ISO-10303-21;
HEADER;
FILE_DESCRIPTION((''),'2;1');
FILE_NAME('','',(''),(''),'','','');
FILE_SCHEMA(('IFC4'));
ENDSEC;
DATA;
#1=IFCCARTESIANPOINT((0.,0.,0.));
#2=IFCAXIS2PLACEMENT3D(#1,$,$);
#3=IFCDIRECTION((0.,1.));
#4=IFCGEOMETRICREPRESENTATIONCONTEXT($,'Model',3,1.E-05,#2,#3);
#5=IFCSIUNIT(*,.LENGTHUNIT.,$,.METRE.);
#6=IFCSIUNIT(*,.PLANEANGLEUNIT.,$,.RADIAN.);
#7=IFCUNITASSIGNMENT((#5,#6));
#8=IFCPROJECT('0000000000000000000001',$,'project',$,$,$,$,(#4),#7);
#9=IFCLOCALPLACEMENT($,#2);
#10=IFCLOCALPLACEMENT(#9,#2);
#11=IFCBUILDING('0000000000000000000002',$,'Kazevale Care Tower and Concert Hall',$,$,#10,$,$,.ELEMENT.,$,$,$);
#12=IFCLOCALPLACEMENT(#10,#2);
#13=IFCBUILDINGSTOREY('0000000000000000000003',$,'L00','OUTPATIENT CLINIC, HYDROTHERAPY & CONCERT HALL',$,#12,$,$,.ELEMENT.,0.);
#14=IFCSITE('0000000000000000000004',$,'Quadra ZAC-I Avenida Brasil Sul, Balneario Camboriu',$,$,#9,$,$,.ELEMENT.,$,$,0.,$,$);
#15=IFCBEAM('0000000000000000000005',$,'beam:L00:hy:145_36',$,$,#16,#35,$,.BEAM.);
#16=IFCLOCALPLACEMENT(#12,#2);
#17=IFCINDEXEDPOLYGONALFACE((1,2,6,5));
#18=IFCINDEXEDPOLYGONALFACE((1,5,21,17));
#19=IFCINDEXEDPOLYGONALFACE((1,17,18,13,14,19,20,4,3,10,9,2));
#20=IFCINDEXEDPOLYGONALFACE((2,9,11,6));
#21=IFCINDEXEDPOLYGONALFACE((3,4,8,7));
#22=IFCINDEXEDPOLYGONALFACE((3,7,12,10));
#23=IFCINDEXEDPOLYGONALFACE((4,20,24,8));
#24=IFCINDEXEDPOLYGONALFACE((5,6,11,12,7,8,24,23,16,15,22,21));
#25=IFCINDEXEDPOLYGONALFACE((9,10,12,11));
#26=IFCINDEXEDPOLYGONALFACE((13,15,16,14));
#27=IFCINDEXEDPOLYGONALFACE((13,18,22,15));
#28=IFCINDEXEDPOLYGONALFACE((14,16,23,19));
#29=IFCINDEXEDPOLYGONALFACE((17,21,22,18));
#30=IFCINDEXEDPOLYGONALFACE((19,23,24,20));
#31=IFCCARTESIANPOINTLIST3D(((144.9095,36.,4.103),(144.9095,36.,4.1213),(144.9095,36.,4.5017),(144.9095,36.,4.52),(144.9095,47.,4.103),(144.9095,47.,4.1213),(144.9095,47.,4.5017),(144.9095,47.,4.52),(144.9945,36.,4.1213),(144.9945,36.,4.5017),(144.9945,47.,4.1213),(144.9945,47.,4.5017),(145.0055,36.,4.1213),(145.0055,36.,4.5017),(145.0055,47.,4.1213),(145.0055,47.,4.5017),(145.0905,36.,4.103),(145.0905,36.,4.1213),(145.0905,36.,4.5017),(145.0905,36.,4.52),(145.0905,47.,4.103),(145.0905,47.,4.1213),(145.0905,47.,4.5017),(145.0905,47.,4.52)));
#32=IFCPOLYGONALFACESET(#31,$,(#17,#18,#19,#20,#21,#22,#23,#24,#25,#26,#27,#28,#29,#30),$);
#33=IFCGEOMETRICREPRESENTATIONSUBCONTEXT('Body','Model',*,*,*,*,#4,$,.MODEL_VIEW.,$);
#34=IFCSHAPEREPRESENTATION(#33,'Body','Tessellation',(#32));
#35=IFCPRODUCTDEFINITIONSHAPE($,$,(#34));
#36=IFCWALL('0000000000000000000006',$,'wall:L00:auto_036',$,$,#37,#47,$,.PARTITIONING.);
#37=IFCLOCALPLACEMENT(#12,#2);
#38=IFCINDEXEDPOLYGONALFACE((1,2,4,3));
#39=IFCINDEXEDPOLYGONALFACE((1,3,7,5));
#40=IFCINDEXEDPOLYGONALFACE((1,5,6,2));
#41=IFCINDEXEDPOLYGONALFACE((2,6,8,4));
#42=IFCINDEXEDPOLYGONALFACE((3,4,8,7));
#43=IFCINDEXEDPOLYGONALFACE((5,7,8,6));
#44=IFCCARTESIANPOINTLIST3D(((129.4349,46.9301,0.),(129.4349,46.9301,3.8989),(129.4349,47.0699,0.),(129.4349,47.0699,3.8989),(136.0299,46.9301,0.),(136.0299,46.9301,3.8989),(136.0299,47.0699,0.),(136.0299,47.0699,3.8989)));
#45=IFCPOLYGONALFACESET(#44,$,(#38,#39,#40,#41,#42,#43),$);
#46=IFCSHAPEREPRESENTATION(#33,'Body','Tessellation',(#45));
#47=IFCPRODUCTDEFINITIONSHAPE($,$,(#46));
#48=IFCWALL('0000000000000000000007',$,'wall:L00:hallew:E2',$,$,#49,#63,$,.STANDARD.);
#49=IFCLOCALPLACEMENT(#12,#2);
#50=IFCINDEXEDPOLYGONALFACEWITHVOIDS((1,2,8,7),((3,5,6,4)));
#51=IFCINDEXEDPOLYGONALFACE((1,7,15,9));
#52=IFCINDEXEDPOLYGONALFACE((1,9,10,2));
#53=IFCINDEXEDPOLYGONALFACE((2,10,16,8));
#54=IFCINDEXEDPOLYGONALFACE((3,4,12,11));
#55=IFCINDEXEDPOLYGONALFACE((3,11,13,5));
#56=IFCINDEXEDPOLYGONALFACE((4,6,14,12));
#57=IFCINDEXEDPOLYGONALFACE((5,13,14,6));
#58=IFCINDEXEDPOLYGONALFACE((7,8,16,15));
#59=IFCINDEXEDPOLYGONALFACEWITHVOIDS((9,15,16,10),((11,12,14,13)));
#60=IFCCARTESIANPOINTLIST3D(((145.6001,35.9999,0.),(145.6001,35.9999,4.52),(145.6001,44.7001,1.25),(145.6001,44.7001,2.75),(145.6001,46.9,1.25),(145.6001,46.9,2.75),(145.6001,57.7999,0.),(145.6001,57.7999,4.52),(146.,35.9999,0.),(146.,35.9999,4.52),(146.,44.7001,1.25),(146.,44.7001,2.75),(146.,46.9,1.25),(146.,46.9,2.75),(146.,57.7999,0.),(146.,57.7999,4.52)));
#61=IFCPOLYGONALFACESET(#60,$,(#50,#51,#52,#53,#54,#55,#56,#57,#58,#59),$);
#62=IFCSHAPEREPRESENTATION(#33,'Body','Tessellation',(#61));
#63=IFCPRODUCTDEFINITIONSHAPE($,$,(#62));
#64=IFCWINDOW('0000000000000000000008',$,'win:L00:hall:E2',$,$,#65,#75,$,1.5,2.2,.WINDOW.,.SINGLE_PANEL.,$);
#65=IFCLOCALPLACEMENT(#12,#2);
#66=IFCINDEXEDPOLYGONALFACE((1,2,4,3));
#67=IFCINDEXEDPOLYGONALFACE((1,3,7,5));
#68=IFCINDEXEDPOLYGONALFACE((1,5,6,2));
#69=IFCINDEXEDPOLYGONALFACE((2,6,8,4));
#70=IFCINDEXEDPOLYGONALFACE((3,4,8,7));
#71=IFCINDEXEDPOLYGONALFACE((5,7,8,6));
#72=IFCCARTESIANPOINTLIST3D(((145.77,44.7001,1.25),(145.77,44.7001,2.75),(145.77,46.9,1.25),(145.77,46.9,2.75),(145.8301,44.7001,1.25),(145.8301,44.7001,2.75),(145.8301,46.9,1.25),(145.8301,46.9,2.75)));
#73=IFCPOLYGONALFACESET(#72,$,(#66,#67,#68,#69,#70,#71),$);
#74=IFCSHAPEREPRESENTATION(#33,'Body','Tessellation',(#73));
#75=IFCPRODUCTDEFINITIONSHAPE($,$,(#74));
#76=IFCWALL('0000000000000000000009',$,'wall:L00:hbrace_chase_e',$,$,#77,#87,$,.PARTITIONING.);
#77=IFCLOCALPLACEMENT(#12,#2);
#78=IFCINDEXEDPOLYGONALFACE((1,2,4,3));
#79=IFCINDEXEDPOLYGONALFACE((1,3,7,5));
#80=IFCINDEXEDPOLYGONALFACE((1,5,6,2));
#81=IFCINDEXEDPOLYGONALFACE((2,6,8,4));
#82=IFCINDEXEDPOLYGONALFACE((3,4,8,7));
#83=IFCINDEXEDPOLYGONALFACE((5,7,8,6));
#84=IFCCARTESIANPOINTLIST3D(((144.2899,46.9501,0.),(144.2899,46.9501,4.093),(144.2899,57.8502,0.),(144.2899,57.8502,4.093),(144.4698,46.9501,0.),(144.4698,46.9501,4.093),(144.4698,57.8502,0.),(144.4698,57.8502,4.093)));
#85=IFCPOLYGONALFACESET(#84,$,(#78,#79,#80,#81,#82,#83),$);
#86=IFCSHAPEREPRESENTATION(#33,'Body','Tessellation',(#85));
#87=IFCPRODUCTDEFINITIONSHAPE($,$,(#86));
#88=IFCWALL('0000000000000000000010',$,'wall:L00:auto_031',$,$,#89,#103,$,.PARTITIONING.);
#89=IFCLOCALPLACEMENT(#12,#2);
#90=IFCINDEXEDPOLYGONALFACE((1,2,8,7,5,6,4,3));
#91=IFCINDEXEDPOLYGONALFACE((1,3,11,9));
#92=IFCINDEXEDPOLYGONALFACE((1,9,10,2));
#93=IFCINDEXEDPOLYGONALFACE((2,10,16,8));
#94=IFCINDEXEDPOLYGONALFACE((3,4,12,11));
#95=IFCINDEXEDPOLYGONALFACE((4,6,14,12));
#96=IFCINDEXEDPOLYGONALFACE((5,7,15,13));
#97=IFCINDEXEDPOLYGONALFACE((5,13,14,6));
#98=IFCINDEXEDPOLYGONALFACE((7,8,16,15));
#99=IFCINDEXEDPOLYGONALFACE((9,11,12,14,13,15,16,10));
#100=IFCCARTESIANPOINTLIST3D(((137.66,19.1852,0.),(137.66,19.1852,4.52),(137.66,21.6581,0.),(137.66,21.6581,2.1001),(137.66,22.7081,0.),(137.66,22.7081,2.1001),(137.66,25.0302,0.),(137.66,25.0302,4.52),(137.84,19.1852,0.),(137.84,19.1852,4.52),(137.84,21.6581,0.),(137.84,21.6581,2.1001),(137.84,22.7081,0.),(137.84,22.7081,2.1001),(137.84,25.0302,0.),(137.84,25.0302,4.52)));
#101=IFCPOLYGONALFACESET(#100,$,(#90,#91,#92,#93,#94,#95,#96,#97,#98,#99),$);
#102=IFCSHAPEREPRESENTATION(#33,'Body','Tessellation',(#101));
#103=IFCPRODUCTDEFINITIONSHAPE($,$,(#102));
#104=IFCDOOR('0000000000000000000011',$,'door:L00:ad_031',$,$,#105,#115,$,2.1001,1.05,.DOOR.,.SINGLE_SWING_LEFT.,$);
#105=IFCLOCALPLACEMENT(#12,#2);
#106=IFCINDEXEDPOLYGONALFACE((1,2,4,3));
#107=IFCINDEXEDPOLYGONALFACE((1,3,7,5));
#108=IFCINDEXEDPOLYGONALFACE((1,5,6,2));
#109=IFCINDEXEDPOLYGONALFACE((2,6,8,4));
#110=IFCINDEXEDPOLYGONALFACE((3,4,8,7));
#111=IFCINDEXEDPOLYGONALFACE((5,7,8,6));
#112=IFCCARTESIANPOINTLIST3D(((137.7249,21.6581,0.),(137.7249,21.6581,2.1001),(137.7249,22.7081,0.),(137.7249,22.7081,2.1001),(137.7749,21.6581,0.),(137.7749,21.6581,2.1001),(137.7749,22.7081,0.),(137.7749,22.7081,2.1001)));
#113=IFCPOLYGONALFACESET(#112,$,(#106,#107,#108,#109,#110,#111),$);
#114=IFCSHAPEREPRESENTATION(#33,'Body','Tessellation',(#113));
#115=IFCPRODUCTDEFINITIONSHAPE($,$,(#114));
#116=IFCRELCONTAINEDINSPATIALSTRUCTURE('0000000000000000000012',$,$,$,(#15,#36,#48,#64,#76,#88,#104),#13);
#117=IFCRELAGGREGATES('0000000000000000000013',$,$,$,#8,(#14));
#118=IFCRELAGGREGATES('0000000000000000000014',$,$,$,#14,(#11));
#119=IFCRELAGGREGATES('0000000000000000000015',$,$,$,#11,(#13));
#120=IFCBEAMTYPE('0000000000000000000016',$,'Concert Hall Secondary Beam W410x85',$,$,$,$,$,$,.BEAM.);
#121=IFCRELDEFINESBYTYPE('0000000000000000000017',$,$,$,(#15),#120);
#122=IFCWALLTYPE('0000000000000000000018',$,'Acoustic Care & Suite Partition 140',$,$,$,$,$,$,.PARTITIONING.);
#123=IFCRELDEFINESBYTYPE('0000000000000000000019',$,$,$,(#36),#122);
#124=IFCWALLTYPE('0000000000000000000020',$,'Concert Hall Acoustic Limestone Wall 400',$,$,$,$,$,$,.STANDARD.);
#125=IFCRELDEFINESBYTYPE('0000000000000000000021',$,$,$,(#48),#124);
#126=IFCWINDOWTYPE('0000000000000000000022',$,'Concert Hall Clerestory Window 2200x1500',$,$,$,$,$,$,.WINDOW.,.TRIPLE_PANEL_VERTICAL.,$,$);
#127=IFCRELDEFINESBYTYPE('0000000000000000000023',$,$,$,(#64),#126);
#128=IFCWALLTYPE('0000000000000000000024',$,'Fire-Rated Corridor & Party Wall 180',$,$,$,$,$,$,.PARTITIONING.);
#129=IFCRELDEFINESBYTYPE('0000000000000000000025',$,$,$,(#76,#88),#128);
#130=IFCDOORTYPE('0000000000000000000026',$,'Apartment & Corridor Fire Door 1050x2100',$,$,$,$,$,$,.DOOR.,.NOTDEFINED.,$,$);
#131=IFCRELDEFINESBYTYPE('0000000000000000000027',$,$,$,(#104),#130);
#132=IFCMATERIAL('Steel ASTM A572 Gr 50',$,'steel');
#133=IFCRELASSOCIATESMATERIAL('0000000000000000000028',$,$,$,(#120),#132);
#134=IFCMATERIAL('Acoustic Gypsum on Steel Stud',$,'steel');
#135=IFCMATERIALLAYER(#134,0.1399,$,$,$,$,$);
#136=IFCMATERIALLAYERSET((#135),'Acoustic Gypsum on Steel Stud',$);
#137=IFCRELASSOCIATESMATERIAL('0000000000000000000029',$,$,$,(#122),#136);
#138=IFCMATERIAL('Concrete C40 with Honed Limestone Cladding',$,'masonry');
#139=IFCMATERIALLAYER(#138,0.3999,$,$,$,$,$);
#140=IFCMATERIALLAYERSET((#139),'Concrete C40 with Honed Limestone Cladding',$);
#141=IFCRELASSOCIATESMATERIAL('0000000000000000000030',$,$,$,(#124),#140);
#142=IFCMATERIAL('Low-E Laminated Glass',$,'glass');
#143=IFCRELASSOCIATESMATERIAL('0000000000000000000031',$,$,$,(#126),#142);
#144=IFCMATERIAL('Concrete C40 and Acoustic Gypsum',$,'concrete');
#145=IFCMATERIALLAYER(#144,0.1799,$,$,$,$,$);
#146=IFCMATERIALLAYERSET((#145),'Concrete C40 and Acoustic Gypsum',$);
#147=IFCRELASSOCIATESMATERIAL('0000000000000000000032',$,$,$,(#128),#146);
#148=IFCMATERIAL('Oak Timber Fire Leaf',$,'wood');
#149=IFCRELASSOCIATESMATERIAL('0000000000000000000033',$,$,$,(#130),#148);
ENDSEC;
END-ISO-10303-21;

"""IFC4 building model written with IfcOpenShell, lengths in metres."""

from ifc_helpers import new_model, si_unit, direction, frame, frame_2d, origin, origin_2d, place, context, subcontext, project, spatial, rectangle, i_section, extrude, material, layer, layer_set, material_profile, profile_set, type_object, element, fill, save


model = new_model("IFC4")

# Units and contexts
model_context = context("Model", 3, precision=1e-05, world=origin(), true_north=direction((0.0, 1.0)))
body_context = subcontext(model_context, "Body", "Model", "MODEL_VIEW")
ifc_project = project(units=[si_unit("LENGTHUNIT", "METRE"), si_unit("PLANEANGLEUNIT", "RADIAN")], contexts=[model_context])

# Site, building, storey
site_placement = place(None, origin())
site = spatial("IfcSite", under=ifc_project, at=site_placement, Name="Quadra ZAC-I Avenida Brasil Sul, Balneario Camboriu", CompositionType="ELEMENT", RefElevation=0.0)
building_placement = place(site_placement, origin())
building = spatial("IfcBuilding", under=site, at=building_placement, Name="Kazevale Care Tower and Concert Hall", CompositionType="ELEMENT")
storey_placement = place(building_placement, origin())
storey = spatial("IfcBuildingStorey", under=building, at=storey_placement, Name="L00", Description="OUTPATIENT CLINIC, HYDROTHERAPY & CONCERT HALL", CompositionType="ELEMENT", Elevation=0.0)

# Beam
ifc_material_1 = material(Name="Steel ASTM A572 Gr 50", Category="steel")
ifc_material_profile_1 = material_profile(ifc_material_1, i_section(OverallWidth=0.1809, OverallDepth=0.417, WebThickness=0.011, FlangeThickness=0.0183, at=origin_2d()), Name="W410x85")
ifc_profile_set_1 = profile_set([ifc_material_profile_1], Name="Steel ASTM A572 Gr 50")
beam_type_1 = type_object("IfcBeamType", Name="Concert Hall Secondary Beam W410x85", PredefinedType="BEAM", material=ifc_profile_set_1)
for number, where, z_axis, x_axis, name in (
    (1, (145.0, 36.0, 4.3115), (0.0, 1.0, 0.0), (-1.0, 0.0, 0.0), "beam:L00:hy:145_36"),
):
    element("IfcBeam", number, at=place(storey_placement, frame(where, z_axis=z_axis, x_axis=x_axis)), inside=storey, type_object=beam_type_1, Name=name, PredefinedType="BEAM", context=body_context, shape_type="SweptSolid", body=[
        extrude(i_section(OverallWidth=0.1809, OverallDepth=0.417, WebThickness=0.011, FlangeThickness=0.0183, at=origin_2d()), origin(), (0.0, 0.0, 1.0), 11.0),
    ])

# Wall
ifc_material_2 = material(Name="Acoustic Gypsum on Steel Stud", Category="steel")
ifc_layer_1 = layer(ifc_material_2, 0.1399)
ifc_layer_set_1 = layer_set([ifc_layer_1], Name="Acoustic Gypsum on Steel Stud")
wall_type_1 = type_object("IfcWallType", Name="Acoustic Care & Suite Partition 140", PredefinedType="PARTITIONING", material=ifc_layer_set_1)
wall_1_placement = place(storey_placement, frame((129.4351, 47.0, 0.0), z_axis=(0.0, 0.0, 1.0), x_axis=(1.0, 0.0, 0.0)))
element("IfcWall", 2, at=wall_1_placement, inside=storey, type_object=wall_type_1, Name="wall:L00:auto_036", PredefinedType="PARTITIONING", context=body_context, shape_type="SweptSolid", body=[
    extrude(rectangle(XDim=6.595, YDim=0.1399, at=frame_2d((3.2974, 0.0))), origin(), (0.0, 0.0, 1.0), 3.8989),
])

# Wall, opening, window
ifc_material_3 = material(Name="Concrete C40 with Honed Limestone Cladding", Category="masonry")
ifc_layer_2 = layer(ifc_material_3, 0.3999)
ifc_layer_set_2 = layer_set([ifc_layer_2], Name="Concrete C40 with Honed Limestone Cladding")
wall_type_2 = type_object("IfcWallType", Name="Concert Hall Acoustic Limestone Wall 400", PredefinedType="STANDARD", material=ifc_layer_set_2)
wall_2_placement = place(storey_placement, frame((145.8, 36.0, 0.0), z_axis=(0.0, 0.0, 1.0), x_axis=(0.0, 1.0, 0.0)))
wall_2 = element("IfcWall", 3, at=wall_2_placement, inside=storey, type_object=wall_type_2, Name="wall:L00:hallew:E2", PredefinedType="STANDARD", context=body_context, shape_type="SweptSolid", body=[
    extrude(rectangle(XDim=21.8, YDim=0.3999, at=frame_2d((10.8999, 0.0))), origin(), (0.0, 0.0, 1.0), 4.52),
])
opening_1_placement = place(wall_2_placement, frame((8.7, 0.0, 1.25)))
opening_1 = element("IfcOpeningElement", 4, at=opening_1_placement, cuts=wall_2, PredefinedType="OPENING", context=body_context, shape_type="SweptSolid", body=[
    extrude(rectangle(XDim=2.2, YDim=1.5, at=frame_2d((1.1001, 0.75))), frame((0.0, 0.21, 0.0), z_axis=(0.0, -1.0, 0.0), x_axis=(1.0, 0.0, 0.0)), (0.0, 0.0, 1.0), 0.4199),
])
ifc_material_4 = material(Name="Low-E Laminated Glass", Category="glass")
window_type = type_object("IfcWindowType", Name="Concert Hall Clerestory Window 2200x1500", PartitioningType="TRIPLE_PANEL_VERTICAL", PredefinedType="WINDOW", material=ifc_material_4)
window_placement = place(opening_1_placement, origin())
window = element("IfcWindow", 5, at=window_placement, inside=storey, type_object=window_type, Name="win:L00:hall:E2", OverallHeight=1.5, OverallWidth=2.2, PartitioningType="SINGLE_PANEL", PredefinedType="WINDOW", context=body_context, shape_type="SweptSolid", body=[
    extrude(rectangle(XDim=2.2, YDim=1.5, at=frame_2d((1.1001, 0.75))), frame((0.0, 0.03, 0.0), z_axis=(0.0, -1.0, 0.0), x_axis=(1.0, 0.0, 0.0)), (0.0, 0.0, 1.0), 0.0601),
])
fill(opening_1, window)

# Wall
ifc_material_5 = material(Name="Concrete C40 and Acoustic Gypsum", Category="concrete")
ifc_layer_3 = layer(ifc_material_5, 0.1799)
ifc_layer_set_3 = layer_set([ifc_layer_3], Name="Concrete C40 and Acoustic Gypsum")
wall_type_3 = type_object("IfcWallType", Name="Fire-Rated Corridor & Party Wall 180", PredefinedType="PARTITIONING", material=ifc_layer_set_3)
wall_3_placement = place(storey_placement, frame((144.3799, 46.95, 0.0), z_axis=(0.0, 0.0, 1.0), x_axis=(0.0, 1.0, 0.0)))
element("IfcWall", 6, at=wall_3_placement, inside=storey, type_object=wall_type_3, Name="wall:L00:hbrace_chase_e", PredefinedType="PARTITIONING", context=body_context, shape_type="SweptSolid", body=[
    extrude(rectangle(XDim=10.9001, YDim=0.1799, at=frame_2d((5.4502, 0.0))), origin(), (0.0, 0.0, 1.0), 4.093),
])

# Wall, opening, door
wall_4_placement = place(storey_placement, frame((137.75, 25.03, 0.0), z_axis=(0.0, 0.0, 1.0), x_axis=(0.0, -1.0, 0.0)))
wall_4 = element("IfcWall", 7, at=wall_4_placement, inside=storey, type_object=wall_type_3, Name="wall:L00:auto_031", PredefinedType="PARTITIONING", context=body_context, shape_type="SweptSolid", body=[
    extrude(rectangle(XDim=5.845, YDim=0.1799, at=frame_2d((2.9224, 0.0))), origin(), (0.0, 0.0, 1.0), 4.52),
])
opening_2_placement = place(wall_4_placement, frame((2.322, 0.0, 0.0)))
opening_2 = element("IfcOpeningElement", 8, at=opening_2_placement, cuts=wall_4, PredefinedType="OPENING", context=body_context, shape_type="SweptSolid", body=[
    extrude(rectangle(XDim=1.05, YDim=2.1001, at=frame_2d((0.5249, 1.05))), frame((0.0, 0.0999, 0.0), z_axis=(0.0, -1.0, 0.0), x_axis=(1.0, 0.0, 0.0)), (0.0, 0.0, 1.0), 0.2),
])
ifc_material_6 = material(Name="Oak Timber Fire Leaf", Category="wood")
door_type = type_object("IfcDoorType", Name="Apartment & Corridor Fire Door 1050x2100", OperationType="NOTDEFINED", PredefinedType="DOOR", material=ifc_material_6)
door_placement = place(opening_2_placement, origin())
door = element("IfcDoor", 9, at=door_placement, inside=storey, type_object=door_type, Name="door:L00:ad_031", OperationType="SINGLE_SWING_LEFT", OverallHeight=2.1001, OverallWidth=1.05, PredefinedType="DOOR", context=body_context, shape_type="SweptSolid", body=[
    extrude(rectangle(XDim=1.05, YDim=2.1001, at=frame_2d((0.5249, 1.05))), frame((0.0, 0.0249, 0.0), z_axis=(0.0, -1.0, 0.0), x_axis=(1.0, 0.0, 0.0)), (0.0, 0.0, 1.0), 0.05),
])
fill(opening_2, door)

save(model, "model.ifc")
